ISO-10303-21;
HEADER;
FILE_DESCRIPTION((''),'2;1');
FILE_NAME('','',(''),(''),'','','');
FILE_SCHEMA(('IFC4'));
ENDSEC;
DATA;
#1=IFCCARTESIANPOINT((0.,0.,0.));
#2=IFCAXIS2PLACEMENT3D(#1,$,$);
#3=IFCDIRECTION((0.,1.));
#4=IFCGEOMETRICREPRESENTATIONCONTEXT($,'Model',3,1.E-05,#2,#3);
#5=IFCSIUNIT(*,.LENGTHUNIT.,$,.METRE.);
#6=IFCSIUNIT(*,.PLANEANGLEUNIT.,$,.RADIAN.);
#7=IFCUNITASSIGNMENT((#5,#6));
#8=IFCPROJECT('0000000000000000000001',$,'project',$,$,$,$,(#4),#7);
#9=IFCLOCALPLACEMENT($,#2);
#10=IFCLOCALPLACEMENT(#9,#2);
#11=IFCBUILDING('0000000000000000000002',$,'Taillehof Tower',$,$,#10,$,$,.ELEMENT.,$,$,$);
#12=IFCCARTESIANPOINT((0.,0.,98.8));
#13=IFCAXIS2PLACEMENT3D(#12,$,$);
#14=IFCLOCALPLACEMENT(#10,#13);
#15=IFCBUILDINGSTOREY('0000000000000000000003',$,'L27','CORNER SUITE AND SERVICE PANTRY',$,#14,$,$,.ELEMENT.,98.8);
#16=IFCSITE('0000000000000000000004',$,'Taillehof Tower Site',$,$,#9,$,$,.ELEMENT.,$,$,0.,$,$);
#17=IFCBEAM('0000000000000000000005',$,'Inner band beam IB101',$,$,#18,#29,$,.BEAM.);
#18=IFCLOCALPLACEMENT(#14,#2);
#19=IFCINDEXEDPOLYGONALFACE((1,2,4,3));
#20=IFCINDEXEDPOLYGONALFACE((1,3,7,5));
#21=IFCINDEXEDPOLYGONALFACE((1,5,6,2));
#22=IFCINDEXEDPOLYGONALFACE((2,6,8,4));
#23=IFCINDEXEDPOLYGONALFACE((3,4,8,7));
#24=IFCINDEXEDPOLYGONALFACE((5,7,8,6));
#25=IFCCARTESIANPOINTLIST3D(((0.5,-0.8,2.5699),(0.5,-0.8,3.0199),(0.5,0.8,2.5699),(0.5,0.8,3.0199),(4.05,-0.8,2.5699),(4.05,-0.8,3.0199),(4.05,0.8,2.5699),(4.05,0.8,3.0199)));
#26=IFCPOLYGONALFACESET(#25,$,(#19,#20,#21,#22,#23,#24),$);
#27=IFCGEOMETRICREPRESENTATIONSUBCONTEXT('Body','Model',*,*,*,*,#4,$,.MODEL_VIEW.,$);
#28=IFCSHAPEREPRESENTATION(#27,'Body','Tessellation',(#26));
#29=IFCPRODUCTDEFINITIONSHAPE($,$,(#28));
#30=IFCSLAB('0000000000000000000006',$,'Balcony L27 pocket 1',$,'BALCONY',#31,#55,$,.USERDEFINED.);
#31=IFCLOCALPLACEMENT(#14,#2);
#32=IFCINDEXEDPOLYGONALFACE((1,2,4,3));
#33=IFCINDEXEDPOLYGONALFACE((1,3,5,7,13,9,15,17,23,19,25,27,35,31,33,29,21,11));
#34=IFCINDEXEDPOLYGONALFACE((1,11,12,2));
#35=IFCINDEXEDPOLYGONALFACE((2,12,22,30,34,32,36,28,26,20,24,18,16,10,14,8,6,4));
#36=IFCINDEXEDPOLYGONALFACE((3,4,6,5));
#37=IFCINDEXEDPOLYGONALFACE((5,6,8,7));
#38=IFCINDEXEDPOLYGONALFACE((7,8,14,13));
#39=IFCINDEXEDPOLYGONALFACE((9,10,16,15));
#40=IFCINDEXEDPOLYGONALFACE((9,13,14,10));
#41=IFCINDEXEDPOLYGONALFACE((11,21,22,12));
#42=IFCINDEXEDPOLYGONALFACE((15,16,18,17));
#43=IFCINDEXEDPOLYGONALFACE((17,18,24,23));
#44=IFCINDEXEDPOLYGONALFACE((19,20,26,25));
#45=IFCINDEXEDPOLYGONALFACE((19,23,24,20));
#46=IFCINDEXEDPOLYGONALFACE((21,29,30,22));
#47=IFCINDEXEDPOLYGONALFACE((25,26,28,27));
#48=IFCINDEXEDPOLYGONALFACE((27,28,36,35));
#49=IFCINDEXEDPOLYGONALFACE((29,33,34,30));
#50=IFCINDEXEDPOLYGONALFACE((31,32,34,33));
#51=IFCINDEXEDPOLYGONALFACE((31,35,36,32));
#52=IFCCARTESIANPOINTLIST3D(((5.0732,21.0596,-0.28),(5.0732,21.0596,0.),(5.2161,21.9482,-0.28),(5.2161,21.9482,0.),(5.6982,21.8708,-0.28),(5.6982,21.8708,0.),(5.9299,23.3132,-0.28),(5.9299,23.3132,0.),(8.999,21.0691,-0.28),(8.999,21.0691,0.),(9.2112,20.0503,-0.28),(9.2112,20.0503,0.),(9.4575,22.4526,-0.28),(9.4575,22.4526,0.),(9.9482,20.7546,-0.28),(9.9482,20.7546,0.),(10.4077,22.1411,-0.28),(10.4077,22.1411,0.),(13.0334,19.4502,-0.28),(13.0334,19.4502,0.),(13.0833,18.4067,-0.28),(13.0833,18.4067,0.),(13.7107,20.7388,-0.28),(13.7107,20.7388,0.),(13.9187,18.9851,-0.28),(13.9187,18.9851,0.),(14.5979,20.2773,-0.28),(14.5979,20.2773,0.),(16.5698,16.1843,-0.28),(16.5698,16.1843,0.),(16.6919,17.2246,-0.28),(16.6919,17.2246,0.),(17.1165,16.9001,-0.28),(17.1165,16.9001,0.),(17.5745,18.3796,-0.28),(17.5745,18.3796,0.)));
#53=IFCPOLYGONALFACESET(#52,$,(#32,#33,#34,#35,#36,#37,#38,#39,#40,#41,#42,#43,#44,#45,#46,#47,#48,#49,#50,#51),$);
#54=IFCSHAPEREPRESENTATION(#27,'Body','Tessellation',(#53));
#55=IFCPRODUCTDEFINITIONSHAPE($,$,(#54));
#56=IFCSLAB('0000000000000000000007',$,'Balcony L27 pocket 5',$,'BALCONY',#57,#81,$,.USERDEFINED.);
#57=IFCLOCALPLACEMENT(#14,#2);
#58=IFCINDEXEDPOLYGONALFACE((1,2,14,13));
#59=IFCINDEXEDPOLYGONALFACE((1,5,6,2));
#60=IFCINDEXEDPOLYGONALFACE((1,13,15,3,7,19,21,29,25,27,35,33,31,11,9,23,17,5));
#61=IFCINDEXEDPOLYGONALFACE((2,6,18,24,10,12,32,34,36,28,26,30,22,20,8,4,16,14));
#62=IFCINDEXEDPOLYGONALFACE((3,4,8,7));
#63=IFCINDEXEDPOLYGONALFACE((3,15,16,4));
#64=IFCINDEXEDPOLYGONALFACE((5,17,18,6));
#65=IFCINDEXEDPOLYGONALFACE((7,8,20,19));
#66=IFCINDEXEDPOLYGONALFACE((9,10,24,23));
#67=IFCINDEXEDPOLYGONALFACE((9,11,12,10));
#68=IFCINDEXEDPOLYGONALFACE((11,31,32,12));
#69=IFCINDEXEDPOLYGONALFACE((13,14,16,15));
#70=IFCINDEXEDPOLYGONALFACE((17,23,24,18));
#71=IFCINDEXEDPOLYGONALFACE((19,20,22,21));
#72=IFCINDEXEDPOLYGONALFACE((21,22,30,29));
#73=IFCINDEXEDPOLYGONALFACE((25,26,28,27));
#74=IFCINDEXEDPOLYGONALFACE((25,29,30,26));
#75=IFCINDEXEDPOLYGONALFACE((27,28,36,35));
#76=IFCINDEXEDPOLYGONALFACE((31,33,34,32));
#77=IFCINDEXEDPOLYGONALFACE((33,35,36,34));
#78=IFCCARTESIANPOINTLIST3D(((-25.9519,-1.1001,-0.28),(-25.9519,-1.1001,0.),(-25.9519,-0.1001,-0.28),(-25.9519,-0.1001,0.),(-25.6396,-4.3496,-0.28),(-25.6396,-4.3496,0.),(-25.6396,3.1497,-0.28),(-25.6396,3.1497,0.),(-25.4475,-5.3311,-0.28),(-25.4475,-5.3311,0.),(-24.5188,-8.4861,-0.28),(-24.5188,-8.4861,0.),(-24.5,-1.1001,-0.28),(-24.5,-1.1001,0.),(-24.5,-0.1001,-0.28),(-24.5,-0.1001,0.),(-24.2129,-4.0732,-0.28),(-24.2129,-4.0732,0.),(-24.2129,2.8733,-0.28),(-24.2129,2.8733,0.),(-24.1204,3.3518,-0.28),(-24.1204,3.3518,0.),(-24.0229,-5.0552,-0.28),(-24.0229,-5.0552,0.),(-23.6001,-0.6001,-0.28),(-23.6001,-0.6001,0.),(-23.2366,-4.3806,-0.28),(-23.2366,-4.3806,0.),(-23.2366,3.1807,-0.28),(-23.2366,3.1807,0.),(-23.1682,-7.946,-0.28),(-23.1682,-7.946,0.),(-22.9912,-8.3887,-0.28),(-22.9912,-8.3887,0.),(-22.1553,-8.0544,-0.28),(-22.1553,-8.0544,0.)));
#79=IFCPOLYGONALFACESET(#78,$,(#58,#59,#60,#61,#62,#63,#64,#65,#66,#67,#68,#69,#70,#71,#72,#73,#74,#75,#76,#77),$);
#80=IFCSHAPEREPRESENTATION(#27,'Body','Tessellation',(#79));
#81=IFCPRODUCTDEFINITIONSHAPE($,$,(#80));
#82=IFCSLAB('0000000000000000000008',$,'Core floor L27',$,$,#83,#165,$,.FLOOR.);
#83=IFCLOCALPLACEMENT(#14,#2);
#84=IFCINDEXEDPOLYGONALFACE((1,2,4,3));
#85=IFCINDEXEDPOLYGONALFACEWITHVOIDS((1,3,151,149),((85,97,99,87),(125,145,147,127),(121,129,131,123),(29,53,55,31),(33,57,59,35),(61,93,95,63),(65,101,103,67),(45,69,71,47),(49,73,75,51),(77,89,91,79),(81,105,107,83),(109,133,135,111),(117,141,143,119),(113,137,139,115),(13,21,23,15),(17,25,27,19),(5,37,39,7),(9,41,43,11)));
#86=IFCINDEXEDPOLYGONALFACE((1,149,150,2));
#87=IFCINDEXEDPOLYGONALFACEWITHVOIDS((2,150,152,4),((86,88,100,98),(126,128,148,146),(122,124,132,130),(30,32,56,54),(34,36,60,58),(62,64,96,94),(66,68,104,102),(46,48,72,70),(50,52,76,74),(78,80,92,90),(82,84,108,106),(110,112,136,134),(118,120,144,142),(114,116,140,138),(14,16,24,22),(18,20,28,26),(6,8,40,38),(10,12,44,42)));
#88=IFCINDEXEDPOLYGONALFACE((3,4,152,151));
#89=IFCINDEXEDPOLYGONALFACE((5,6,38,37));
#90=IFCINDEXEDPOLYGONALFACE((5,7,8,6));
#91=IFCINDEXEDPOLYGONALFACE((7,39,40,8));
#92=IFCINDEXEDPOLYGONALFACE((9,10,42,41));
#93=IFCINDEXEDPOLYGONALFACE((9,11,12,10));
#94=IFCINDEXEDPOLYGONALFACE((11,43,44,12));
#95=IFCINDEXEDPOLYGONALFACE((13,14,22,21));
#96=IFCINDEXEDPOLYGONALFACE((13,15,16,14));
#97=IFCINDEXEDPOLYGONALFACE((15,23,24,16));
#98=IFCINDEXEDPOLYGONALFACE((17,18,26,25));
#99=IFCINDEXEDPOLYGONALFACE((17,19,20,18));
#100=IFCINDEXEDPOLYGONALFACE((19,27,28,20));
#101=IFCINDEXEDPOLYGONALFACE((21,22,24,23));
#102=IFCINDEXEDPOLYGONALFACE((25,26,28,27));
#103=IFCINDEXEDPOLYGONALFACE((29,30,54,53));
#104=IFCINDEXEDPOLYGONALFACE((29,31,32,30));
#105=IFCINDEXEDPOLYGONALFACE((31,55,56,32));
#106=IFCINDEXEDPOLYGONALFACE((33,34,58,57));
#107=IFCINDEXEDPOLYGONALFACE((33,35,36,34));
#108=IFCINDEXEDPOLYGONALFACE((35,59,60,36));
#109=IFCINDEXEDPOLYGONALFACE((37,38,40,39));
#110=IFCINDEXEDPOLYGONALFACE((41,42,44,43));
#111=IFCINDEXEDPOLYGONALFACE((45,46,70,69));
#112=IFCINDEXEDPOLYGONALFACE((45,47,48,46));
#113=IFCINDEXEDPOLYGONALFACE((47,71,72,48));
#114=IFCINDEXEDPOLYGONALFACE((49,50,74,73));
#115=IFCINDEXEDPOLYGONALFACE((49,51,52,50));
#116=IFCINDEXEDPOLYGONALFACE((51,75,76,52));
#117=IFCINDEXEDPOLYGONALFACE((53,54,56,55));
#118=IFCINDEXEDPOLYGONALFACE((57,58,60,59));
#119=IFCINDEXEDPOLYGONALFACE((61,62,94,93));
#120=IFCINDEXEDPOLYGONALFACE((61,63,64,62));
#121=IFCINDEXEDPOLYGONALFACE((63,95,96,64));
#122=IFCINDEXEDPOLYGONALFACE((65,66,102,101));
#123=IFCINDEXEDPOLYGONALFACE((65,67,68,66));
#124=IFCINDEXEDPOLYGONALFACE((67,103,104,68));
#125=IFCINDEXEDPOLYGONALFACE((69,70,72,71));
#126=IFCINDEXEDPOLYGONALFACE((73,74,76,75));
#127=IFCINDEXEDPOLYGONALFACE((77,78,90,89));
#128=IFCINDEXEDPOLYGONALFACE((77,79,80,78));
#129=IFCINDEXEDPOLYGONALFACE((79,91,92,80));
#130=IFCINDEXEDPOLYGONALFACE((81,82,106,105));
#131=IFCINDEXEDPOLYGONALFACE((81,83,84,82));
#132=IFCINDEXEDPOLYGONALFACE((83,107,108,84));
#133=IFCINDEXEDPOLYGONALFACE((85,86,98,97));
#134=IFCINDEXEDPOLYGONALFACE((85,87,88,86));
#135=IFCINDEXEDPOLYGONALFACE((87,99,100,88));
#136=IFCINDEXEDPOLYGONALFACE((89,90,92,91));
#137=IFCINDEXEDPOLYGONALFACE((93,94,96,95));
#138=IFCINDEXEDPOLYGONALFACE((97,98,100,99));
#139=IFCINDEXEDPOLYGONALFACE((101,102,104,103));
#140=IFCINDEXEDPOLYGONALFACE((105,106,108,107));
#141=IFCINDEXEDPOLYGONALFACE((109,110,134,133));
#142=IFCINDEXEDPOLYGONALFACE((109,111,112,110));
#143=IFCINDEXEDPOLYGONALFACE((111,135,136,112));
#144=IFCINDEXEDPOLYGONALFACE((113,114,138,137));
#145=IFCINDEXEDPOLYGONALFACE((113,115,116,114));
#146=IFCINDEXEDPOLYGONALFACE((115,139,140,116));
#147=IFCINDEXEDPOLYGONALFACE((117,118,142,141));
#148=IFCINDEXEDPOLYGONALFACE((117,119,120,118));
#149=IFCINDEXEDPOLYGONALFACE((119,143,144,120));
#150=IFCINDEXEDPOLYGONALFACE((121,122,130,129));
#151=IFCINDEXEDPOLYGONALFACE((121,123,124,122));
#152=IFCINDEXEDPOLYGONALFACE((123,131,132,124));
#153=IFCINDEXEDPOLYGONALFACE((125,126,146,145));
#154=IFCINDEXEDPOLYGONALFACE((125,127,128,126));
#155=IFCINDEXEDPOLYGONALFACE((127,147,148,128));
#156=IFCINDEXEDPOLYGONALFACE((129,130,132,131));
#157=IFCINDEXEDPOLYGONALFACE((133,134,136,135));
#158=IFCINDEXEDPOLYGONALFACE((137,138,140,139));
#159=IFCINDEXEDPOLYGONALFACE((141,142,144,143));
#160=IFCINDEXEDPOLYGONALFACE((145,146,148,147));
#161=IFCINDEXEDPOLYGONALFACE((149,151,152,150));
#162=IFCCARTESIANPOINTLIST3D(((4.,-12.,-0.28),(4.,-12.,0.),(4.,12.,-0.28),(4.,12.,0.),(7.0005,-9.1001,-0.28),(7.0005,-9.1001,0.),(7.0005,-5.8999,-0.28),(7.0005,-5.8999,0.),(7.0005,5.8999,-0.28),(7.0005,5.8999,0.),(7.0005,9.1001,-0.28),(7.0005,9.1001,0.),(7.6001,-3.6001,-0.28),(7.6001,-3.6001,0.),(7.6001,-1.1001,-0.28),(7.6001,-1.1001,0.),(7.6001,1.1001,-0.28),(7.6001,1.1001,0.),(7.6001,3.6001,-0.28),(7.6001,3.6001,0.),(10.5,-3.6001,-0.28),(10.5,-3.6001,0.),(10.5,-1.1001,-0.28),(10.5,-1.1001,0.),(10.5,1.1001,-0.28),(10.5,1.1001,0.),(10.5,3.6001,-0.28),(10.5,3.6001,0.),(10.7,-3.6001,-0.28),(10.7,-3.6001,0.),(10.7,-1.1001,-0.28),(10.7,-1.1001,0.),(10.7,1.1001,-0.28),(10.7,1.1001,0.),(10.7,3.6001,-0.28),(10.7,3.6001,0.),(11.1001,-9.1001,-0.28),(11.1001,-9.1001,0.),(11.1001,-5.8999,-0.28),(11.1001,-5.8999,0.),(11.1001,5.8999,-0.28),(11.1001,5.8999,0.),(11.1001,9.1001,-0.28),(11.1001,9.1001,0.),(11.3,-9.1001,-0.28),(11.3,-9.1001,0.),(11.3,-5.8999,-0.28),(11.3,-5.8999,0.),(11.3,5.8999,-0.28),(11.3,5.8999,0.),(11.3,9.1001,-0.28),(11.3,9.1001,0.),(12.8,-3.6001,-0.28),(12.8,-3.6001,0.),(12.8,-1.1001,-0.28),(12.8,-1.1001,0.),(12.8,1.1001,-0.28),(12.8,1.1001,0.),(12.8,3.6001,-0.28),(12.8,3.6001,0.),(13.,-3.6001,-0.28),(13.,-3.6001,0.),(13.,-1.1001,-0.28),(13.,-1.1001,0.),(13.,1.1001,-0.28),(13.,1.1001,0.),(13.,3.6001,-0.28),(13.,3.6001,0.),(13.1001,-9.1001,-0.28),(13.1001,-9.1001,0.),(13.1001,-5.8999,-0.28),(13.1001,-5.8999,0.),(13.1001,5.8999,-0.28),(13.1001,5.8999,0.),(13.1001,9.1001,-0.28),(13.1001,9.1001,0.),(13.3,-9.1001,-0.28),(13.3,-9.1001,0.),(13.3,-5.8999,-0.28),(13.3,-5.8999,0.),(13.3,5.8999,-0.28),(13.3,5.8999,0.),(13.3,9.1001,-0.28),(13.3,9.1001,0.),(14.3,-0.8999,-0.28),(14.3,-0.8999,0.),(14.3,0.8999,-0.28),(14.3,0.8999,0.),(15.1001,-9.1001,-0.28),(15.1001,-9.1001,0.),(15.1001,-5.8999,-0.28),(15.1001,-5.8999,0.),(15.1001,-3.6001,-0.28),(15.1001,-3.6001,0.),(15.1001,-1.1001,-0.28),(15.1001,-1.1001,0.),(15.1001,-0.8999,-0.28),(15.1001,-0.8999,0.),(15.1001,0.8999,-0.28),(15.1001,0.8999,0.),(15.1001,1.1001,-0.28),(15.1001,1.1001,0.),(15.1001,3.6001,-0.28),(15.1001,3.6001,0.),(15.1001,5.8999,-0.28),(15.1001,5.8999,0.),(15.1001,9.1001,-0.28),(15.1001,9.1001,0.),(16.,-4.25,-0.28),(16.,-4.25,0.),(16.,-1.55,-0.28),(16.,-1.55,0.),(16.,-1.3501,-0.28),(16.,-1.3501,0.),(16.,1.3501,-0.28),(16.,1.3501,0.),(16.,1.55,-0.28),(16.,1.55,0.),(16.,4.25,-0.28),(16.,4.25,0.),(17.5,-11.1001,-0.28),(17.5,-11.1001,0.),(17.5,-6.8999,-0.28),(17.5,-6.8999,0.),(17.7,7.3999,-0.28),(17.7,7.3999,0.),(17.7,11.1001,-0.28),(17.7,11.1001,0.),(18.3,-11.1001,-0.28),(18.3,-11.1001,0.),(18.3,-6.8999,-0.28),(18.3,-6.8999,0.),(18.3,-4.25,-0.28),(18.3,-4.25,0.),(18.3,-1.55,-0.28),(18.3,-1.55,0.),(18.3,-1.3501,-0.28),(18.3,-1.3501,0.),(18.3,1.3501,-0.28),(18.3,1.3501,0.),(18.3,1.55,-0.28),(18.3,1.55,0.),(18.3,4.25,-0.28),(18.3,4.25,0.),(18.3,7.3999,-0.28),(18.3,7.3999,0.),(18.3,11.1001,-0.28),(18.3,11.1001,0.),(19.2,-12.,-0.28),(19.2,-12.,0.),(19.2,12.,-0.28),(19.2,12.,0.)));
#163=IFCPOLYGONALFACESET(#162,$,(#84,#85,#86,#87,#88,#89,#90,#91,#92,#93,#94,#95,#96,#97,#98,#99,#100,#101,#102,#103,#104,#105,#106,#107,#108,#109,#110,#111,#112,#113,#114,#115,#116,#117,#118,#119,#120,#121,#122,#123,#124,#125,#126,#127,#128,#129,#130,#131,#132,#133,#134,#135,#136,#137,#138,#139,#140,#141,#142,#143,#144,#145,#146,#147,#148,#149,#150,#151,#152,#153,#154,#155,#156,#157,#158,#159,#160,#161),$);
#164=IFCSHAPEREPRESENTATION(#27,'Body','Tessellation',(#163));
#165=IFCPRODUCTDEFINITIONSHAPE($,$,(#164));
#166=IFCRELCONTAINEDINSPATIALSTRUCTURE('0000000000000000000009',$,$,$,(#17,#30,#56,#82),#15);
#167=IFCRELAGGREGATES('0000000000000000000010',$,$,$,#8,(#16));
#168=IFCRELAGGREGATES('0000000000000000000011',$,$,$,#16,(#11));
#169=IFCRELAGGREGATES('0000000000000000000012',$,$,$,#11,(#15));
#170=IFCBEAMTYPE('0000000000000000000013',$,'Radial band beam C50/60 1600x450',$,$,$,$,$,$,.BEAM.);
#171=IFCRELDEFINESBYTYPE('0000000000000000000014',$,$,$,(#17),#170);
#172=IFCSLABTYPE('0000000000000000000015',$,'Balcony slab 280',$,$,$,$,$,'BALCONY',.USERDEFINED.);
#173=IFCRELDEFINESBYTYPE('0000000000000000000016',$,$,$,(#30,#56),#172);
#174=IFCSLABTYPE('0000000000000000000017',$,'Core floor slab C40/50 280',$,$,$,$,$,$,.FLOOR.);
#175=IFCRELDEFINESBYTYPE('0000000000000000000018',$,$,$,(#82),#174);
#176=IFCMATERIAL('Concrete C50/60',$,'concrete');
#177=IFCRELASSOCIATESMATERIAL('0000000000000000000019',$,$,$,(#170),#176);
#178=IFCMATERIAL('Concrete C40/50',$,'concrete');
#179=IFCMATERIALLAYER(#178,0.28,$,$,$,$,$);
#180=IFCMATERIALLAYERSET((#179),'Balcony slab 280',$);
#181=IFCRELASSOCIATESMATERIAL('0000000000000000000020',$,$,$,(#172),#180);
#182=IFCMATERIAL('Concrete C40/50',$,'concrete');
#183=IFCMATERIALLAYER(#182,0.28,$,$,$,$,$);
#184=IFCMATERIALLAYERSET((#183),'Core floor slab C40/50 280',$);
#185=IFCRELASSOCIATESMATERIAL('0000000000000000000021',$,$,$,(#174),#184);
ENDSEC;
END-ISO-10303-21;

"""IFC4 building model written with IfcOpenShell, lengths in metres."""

from ifc_helpers import new_model, si_unit, direction, frame, origin, origin_2d, place, context, subcontext, project, spatial, polyline, rectangle, outline, extrude, material, layer, layer_set, material_profile, profile_set, type_object, element, save


model = new_model("IFC4")

# Units and contexts
model_context = context("Model", 3, precision=1e-05, world=origin(), true_north=direction((0.0, 1.0)))
body_context = subcontext(model_context, "Body", "Model", "MODEL_VIEW")
ifc_project = project(units=[si_unit("LENGTHUNIT", "METRE"), si_unit("PLANEANGLEUNIT", "RADIAN")], contexts=[model_context])

# Site, building, storey
site_placement = place(None, origin())
site = spatial("IfcSite", under=ifc_project, at=site_placement, Name="Taillehof Tower Site", CompositionType="ELEMENT", RefElevation=0.0)
building_placement = place(site_placement, origin())
building = spatial("IfcBuilding", under=site, at=building_placement, Name="Taillehof Tower", CompositionType="ELEMENT")
storey_placement = place(building_placement, frame((0.0, 0.0, 98.8)))
storey = spatial("IfcBuildingStorey", under=building, at=storey_placement, Name="L27", Description="CORNER SUITE AND SERVICE PANTRY", CompositionType="ELEMENT", Elevation=98.8)

# Beam
ifc_material_1 = material(Name="Concrete C50/60", Category="concrete")
ifc_material_profile = material_profile(ifc_material_1, rectangle(XDim=1.6001, YDim=0.45, at=origin_2d()), Name="RC 1600x450")
ifc_profile_set = profile_set([ifc_material_profile], Name="Concrete C50/60")
beam_type = type_object("IfcBeamType", Name="Radial band beam C50/60 1600x450", PredefinedType="BEAM", material=ifc_profile_set)
beam_placement = place(storey_placement, frame((0.5, 0.0, 2.7949), z_axis=(1.0, 0.0, 0.0), x_axis=(0.0, 1.0, 0.0)))
element("IfcBeam", 1, at=beam_placement, inside=storey, type_object=beam_type, Name="Inner band beam IB101", PredefinedType="BEAM", context=body_context, shape_type="SweptSolid", body=[
    extrude(rectangle(XDim=1.6001, YDim=0.45, at=origin_2d()), origin(), (0.0, 0.0, 1.0), 3.55),
])

# Slabs
ifc_material_2 = material(Name="Concrete C40/50", Category="concrete")
ifc_layer_1 = layer(ifc_material_2, 0.28)
ifc_layer_set_1 = layer_set([ifc_layer_1], Name="Balcony slab 280")
slab_type_1 = type_object("IfcSlabType", Name="Balcony slab 280", ElementType="BALCONY", PredefinedType="USERDEFINED", material=ifc_layer_set_1)
slab_1_placement = place(storey_placement, frame((0.0, 0.0, -0.28)))
element("IfcSlab", 2, at=slab_1_placement, inside=storey, type_object=slab_type_1, Name="Balcony L27 pocket 1", ObjectType="BALCONY", PredefinedType="USERDEFINED", context=body_context, shape_type="SweptSolid", body=[
    extrude(outline(polyline([(5.0732, 21.0596), (5.2161, 21.9482), (5.6982, 21.8708), (5.9299, 23.3132), (9.4575, 22.4526), (8.999, 21.0691), (9.9482, 20.7546), (10.4077, 22.1411), (13.7107, 20.7388), (13.0334, 19.4502), (13.9187, 18.9851), (14.5979, 20.2773), (17.5745, 18.3796), (16.6919, 17.2246), (17.1165, 16.9001), (16.5698, 16.1843), (13.0833, 18.4067), (9.2112, 20.0503), (5.0732, 21.0596)])), origin(), (0.0, 0.0, 1.0), 0.28),
])
slab_2_placement = place(storey_placement, frame((0.0, 0.0, -0.28)))
element("IfcSlab", 3, at=slab_2_placement, inside=storey, type_object=slab_type_1, Name="Balcony L27 pocket 5", ObjectType="BALCONY", PredefinedType="USERDEFINED", context=body_context, shape_type="SweptSolid", body=[
    extrude(outline(polyline([(-22.1553, -8.0544), (-22.9912, -8.3887), (-23.1682, -7.946), (-24.5188, -8.4861), (-25.4475, -5.3311), (-24.0229, -5.0552), (-24.2129, -4.0732), (-25.6396, -4.3496), (-25.9519, -1.1001), (-24.5, -1.1001), (-24.5, -0.1001), (-25.9519, -0.1001), (-25.6396, 3.1497), (-24.2129, 2.8733), (-24.1204, 3.3518), (-23.2366, 3.1807), (-23.6001, -0.6001), (-23.2366, -4.3806), (-22.1553, -8.0544)])), origin(), (0.0, 0.0, 1.0), 0.28),
])
ifc_material_3 = material(Name="Concrete C40/50", Category="concrete")
ifc_layer_2 = layer(ifc_material_3, 0.28)
ifc_layer_set_2 = layer_set([ifc_layer_2], Name="Core floor slab C40/50 280")
slab_type_2 = type_object("IfcSlabType", Name="Core floor slab C40/50 280", PredefinedType="FLOOR", material=ifc_layer_set_2)
slab_3_placement = place(storey_placement, frame((0.0, 0.0, -0.28)))
element("IfcSlab", 4, at=slab_3_placement, inside=storey, type_object=slab_type_2, Name="Core floor L27", PredefinedType="FLOOR", context=body_context, shape_type="SweptSolid", body=[
    extrude(outline(polyline([(4.0, -12.0), (4.0, 12.0), (19.2, 12.0), (19.2, -12.0), (4.0, -12.0)]), holes=[polyline([(7.0005, -9.1001), (11.1001, -9.1001), (11.1001, -5.8999), (7.0005, -5.8999), (7.0005, -9.1001)]), polyline([(13.1001, -9.1001), (13.1001, -5.8999), (11.3, -5.8999), (11.3, -9.1001), (13.1001, -9.1001)]), polyline([(10.5, -3.6001), (10.5, -1.1001), (7.6001, -1.1001), (7.6001, -3.6001), (10.5, -3.6001)]), polyline([(12.8, -3.6001), (12.8, -1.1001), (10.7, -1.1001), (10.7, -3.6001), (12.8, -3.6001)]), polyline([(10.5, 1.1001), (10.5, 3.6001), (7.6001, 3.6001), (7.6001, 1.1001), (10.5, 1.1001)]), polyline([(12.8, 1.1001), (12.8, 3.6001), (10.7, 3.6001), (10.7, 1.1001), (12.8, 1.1001)]), polyline([(15.1001, 1.1001), (15.1001, 3.6001), (13.0, 3.6001), (13.0, 1.1001), (15.1001, 1.1001)]), polyline([(11.3, 5.8999), (13.1001, 5.8999), (13.1001, 9.1001), (11.3, 9.1001), (11.3, 5.8999)]), polyline([(7.0005, 5.8999), (11.1001, 5.8999), (11.1001, 9.1001), (7.0005, 9.1001), (7.0005, 5.8999)]), polyline([(18.3, -11.1001), (18.3, -6.8999), (17.5, -6.8999), (17.5, -11.1001), (18.3, -11.1001)]), polyline([(15.1001, -9.1001), (15.1001, -5.8999), (13.3, -5.8999), (13.3, -9.1001), (15.1001, -9.1001)]), polyline([(18.3, -4.25), (18.3, -1.55), (16.0, -1.55), (16.0, -4.25), (18.3, -4.25)]), polyline([(15.1001, -3.6001), (15.1001, -1.1001), (13.0, -1.1001), (13.0, -3.6001), (15.1001, -3.6001)]), polyline([(15.1001, -0.8999), (15.1001, 0.8999), (14.3, 0.8999), (14.3, -0.8999), (15.1001, -0.8999)]), polyline([(18.3, -1.3501), (18.3, 1.3501), (16.0, 1.3501), (16.0, -1.3501), (18.3, -1.3501)]), polyline([(18.3, 1.55), (18.3, 4.25), (16.0, 4.25), (16.0, 1.55), (18.3, 1.55)]), polyline([(13.3, 5.8999), (15.1001, 5.8999), (15.1001, 9.1001), (13.3, 9.1001), (13.3, 5.8999)]), polyline([(18.3, 7.3999), (18.3, 11.1001), (17.7, 11.1001), (17.7, 7.3999), (18.3, 7.3999)])]), origin(), (0.0, 0.0, 1.0), 0.28),
])

save(model, "model.ifc")
